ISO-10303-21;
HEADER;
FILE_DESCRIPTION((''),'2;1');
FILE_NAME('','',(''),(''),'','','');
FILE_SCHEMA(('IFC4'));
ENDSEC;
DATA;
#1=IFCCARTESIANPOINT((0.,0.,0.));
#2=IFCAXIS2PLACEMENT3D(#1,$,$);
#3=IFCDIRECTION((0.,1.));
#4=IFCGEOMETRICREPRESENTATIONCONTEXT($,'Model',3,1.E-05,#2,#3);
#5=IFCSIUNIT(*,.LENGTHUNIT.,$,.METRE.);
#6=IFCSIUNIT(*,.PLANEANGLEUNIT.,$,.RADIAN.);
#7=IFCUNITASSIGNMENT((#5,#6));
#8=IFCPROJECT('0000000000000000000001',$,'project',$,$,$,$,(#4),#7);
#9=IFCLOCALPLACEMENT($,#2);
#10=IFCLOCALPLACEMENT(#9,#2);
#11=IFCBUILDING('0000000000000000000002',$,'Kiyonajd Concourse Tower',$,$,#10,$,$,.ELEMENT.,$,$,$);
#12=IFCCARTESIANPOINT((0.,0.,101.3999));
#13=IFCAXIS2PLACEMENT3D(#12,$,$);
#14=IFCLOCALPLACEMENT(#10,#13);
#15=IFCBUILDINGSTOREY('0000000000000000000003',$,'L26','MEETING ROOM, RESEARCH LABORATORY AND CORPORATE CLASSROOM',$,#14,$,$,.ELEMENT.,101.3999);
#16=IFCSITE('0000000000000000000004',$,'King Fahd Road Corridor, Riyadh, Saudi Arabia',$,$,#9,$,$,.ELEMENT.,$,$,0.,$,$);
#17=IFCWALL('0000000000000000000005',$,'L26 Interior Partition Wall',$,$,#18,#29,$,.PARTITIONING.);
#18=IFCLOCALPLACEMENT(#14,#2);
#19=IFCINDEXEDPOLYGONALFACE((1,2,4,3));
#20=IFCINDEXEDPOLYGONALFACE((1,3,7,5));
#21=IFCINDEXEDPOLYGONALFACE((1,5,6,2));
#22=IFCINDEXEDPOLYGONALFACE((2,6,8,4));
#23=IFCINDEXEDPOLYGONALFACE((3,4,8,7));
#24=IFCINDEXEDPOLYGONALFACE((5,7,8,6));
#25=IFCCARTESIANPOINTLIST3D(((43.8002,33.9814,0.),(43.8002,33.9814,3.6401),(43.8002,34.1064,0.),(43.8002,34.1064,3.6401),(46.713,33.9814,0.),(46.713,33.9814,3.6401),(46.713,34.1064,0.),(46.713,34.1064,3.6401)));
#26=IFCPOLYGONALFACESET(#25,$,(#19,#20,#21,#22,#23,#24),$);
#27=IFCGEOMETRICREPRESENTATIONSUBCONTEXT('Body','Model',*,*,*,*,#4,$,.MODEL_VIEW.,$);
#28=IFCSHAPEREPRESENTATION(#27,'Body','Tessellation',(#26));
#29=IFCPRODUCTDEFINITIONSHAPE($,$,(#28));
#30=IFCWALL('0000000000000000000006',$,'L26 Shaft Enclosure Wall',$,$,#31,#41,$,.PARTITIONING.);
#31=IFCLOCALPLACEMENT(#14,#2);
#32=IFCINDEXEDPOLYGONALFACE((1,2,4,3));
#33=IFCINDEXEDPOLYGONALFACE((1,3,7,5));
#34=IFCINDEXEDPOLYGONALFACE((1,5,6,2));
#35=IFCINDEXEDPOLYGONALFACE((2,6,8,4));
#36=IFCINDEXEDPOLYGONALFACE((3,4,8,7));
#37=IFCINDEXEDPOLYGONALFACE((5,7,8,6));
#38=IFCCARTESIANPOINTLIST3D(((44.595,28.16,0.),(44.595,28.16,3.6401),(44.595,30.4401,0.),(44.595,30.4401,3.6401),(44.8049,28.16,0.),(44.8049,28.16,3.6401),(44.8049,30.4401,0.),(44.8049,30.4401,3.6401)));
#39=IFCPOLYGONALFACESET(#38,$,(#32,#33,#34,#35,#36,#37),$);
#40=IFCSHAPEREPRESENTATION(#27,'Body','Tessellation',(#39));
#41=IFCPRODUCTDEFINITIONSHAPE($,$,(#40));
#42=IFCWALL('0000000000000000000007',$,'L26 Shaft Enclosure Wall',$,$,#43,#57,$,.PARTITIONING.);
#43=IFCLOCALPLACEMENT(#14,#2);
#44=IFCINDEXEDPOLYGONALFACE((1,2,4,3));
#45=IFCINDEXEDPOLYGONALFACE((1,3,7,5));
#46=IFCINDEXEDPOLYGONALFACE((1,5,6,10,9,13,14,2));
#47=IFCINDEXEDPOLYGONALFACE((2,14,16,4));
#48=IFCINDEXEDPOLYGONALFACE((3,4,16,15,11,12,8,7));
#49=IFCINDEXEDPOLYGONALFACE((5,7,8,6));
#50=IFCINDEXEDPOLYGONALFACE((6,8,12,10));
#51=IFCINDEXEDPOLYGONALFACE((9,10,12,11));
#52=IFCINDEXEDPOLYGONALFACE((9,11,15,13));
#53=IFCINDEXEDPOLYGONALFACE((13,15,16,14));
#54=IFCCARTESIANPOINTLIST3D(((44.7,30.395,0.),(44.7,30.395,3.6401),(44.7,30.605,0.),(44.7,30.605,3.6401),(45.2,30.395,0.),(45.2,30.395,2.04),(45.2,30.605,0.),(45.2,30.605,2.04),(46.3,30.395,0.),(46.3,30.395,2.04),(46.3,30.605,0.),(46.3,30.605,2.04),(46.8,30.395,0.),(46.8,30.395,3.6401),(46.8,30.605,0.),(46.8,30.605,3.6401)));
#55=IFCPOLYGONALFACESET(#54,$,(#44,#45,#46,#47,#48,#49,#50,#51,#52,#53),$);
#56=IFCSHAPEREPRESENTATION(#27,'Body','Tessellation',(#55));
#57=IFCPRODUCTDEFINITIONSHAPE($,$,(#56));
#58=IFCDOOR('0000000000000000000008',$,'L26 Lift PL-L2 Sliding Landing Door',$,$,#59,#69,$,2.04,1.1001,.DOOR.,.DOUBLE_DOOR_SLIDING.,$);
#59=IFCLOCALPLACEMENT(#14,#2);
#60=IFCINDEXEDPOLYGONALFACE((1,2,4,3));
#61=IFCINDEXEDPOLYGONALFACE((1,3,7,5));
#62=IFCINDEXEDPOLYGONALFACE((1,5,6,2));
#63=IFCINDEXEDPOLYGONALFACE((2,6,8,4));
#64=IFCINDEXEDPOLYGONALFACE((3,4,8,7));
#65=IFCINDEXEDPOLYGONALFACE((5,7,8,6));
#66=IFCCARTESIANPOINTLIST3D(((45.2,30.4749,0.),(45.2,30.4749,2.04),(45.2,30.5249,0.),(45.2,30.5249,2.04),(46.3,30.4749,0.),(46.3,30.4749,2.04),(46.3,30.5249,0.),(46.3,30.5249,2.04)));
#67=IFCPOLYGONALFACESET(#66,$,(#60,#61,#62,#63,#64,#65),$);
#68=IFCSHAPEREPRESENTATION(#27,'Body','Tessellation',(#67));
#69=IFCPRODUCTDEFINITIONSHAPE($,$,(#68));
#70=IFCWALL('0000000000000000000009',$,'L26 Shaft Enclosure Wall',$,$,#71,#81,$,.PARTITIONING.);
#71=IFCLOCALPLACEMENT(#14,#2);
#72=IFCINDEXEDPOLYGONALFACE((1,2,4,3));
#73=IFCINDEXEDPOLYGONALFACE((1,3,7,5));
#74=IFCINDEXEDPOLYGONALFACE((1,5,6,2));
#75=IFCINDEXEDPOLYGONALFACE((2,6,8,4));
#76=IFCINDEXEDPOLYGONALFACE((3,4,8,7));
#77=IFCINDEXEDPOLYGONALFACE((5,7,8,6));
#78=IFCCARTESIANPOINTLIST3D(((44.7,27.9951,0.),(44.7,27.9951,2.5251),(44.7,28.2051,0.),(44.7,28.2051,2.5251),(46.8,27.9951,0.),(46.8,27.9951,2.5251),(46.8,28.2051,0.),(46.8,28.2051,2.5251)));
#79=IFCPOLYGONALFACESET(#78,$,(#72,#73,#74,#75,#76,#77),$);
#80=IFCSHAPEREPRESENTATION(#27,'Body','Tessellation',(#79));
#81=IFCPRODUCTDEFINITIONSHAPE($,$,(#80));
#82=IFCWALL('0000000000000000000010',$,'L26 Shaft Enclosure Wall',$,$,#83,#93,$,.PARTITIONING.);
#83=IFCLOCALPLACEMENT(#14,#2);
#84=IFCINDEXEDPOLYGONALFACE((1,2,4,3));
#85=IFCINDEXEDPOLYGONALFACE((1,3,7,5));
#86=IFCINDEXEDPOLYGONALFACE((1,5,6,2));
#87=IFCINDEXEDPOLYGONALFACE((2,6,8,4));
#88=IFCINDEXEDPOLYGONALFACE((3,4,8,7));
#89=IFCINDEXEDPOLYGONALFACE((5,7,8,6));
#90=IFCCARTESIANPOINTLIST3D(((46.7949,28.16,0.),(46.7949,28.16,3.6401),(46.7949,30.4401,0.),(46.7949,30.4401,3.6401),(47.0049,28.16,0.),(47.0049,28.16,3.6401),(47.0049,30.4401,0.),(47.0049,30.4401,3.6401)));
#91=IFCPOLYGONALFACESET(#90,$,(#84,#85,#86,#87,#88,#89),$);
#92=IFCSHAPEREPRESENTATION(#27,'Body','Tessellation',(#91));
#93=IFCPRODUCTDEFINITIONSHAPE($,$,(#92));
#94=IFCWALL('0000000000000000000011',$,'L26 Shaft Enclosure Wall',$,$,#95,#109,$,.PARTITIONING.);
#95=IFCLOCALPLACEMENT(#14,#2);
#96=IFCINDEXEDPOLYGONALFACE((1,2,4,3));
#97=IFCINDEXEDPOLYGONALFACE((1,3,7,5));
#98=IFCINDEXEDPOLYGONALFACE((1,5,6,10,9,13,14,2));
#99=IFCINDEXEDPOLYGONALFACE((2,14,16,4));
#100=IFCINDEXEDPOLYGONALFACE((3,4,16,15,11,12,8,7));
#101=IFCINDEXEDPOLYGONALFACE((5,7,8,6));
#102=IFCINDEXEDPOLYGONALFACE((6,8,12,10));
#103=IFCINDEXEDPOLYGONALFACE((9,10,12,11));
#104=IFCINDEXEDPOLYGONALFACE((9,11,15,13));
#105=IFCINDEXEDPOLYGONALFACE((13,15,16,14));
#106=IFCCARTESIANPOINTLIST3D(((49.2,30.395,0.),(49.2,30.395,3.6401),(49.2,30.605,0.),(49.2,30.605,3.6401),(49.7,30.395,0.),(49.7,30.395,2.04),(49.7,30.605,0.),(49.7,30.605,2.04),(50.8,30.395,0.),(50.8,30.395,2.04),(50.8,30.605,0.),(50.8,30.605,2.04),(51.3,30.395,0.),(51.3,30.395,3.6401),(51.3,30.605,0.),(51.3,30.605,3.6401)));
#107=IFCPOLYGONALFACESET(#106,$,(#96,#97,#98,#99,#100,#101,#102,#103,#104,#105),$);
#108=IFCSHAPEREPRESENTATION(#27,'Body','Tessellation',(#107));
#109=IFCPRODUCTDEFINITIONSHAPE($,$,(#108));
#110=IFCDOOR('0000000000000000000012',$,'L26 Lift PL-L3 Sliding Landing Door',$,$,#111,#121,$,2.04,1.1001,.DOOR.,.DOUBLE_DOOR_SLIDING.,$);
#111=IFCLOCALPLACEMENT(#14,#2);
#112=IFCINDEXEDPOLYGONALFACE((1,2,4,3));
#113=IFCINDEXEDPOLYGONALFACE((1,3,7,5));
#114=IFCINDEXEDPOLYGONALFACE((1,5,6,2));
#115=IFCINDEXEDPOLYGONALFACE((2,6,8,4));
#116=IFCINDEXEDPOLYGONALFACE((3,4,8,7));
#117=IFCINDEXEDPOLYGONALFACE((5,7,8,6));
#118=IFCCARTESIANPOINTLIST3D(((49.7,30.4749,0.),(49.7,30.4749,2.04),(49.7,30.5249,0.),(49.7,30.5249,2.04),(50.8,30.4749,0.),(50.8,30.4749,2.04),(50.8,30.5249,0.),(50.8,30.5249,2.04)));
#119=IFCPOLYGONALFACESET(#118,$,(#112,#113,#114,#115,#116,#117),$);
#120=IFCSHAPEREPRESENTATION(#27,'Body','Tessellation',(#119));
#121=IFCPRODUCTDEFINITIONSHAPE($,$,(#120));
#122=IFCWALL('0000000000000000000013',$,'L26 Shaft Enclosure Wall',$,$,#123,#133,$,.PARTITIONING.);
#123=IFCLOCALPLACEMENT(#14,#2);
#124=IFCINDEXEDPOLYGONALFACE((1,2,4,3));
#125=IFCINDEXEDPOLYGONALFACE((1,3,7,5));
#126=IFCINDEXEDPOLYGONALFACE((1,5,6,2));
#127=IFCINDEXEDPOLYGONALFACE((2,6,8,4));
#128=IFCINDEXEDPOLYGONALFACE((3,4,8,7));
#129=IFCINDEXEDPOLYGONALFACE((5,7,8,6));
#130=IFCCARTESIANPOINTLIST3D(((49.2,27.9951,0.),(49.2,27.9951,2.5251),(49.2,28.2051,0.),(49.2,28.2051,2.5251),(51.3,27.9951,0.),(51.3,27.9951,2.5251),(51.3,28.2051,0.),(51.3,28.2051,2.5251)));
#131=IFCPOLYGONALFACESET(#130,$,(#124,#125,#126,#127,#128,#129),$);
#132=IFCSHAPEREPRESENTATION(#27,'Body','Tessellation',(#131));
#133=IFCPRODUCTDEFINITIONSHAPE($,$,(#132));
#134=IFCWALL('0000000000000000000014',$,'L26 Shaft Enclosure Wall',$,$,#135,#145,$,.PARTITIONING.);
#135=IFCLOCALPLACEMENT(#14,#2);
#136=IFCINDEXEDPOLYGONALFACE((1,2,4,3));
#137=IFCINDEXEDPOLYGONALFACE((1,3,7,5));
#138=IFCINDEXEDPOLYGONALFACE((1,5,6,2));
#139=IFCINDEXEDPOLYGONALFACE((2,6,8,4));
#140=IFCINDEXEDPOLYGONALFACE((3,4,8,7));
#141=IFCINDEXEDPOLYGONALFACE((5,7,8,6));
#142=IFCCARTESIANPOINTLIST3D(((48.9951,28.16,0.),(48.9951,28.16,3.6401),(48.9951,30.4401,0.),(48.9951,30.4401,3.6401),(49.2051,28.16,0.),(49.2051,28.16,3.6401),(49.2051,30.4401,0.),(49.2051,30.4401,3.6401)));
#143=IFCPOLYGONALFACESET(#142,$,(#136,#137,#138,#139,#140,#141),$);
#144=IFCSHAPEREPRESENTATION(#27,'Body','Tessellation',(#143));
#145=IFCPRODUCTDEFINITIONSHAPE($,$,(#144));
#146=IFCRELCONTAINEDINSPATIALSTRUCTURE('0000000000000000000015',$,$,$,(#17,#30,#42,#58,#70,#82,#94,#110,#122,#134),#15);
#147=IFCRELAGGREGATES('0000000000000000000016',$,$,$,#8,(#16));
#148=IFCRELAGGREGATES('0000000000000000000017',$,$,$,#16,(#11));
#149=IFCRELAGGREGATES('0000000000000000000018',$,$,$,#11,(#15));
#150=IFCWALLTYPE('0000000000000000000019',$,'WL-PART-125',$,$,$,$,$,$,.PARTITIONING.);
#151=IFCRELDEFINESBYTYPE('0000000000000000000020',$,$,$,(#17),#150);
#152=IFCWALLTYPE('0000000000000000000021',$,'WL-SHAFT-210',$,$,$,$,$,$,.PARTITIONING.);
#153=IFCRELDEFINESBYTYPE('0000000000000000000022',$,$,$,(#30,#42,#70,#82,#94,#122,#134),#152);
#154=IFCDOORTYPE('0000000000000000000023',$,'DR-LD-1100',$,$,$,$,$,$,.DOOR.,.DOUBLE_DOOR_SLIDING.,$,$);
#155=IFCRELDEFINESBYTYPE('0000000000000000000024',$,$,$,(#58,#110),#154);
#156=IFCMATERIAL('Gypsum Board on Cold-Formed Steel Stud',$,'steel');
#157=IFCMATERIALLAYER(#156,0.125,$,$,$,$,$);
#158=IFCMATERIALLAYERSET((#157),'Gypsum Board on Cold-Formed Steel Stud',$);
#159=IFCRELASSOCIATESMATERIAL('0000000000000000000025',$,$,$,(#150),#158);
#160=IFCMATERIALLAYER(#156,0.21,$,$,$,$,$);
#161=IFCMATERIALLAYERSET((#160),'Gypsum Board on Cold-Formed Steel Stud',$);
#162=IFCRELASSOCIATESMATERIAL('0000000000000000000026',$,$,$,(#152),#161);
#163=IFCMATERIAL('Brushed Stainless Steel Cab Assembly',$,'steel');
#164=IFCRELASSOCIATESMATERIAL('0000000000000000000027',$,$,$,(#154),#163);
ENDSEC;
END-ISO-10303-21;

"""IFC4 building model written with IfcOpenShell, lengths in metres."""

from ifc_helpers import new_model, si_unit, direction, frame, frame_2d, origin, place, context, subcontext, project, spatial, rectangle, extrude, material, layer, layer_set, type_object, element, fill, save


model = new_model("IFC4")

# Units and contexts
model_context = context("Model", 3, precision=1e-05, world=origin(), true_north=direction((0.0, 1.0)))
body_context = subcontext(model_context, "Body", "Model", "MODEL_VIEW")
ifc_project = project(units=[si_unit("LENGTHUNIT", "METRE"), si_unit("PLANEANGLEUNIT", "RADIAN")], contexts=[model_context])

# Site, building, storey
site_placement = place(None, origin())
site = spatial("IfcSite", under=ifc_project, at=site_placement, Name="King Fahd Road Corridor, Riyadh, Saudi Arabia", CompositionType="ELEMENT", RefElevation=0.0)
building_placement = place(site_placement, origin())
building = spatial("IfcBuilding", under=site, at=building_placement, Name="Kiyonajd Concourse Tower", CompositionType="ELEMENT")
storey_placement = place(building_placement, frame((0.0, 0.0, 101.3999)))
storey = spatial("IfcBuildingStorey", under=building, at=storey_placement, Name="L26", Description="MEETING ROOM, RESEARCH LABORATORY AND CORPORATE CLASSROOM", CompositionType="ELEMENT", Elevation=101.3999)

# Walls
ifc_material_1 = material(Name="Gypsum Board on Cold-Formed Steel Stud", Category="steel")
ifc_layer_1 = layer(ifc_material_1, 0.125)
ifc_layer_set_1 = layer_set([ifc_layer_1], Name="Gypsum Board on Cold-Formed Steel Stud")
wall_type_1 = type_object("IfcWallType", Name="WL-PART-125", PredefinedType="PARTITIONING", material=ifc_layer_set_1)
wall_1_placement = place(storey_placement, frame((43.8, 34.0439, 0.0), z_axis=(0.0, 0.0, 1.0), x_axis=(1.0, 0.0, 0.0)))
element("IfcWall", 1, at=wall_1_placement, inside=storey, type_object=wall_type_1, Name="L26 Interior Partition Wall", PredefinedType="PARTITIONING", context=body_context, shape_type="SweptSolid", body=[
    extrude(rectangle(XDim=2.9128, YDim=0.125, at=frame_2d((1.4565, 0.0))), origin(), (0.0, 0.0, 1.0), 3.6401),
])
ifc_layer_2 = layer(ifc_material_1, 0.21)
ifc_layer_set_2 = layer_set([ifc_layer_2], Name="Gypsum Board on Cold-Formed Steel Stud")
wall_type_2 = type_object("IfcWallType", Name="WL-SHAFT-210", PredefinedType="PARTITIONING", material=ifc_layer_set_2)
wall_2_placement = place(storey_placement, frame((44.7, 28.1599, 0.0), z_axis=(0.0, 0.0, 1.0), x_axis=(0.0, 1.0, 0.0)))
element("IfcWall", 2, at=wall_2_placement, inside=storey, type_object=wall_type_2, Name="L26 Shaft Enclosure Wall", PredefinedType="PARTITIONING", context=body_context, shape_type="SweptSolid", body=[
    extrude(rectangle(XDim=2.28, YDim=0.21, at=frame_2d((1.1401, 0.0))), origin(), (0.0, 0.0, 1.0), 3.6401),
])

# Wall, opening, door
wall_3_placement = place(storey_placement, frame((44.7, 30.5, 0.0), z_axis=(0.0, 0.0, 1.0), x_axis=(1.0, 0.0, 0.0)))
wall_3 = element("IfcWall", 3, at=wall_3_placement, inside=storey, type_object=wall_type_2, Name="L26 Shaft Enclosure Wall", PredefinedType="PARTITIONING", context=body_context, shape_type="SweptSolid", body=[
    extrude(rectangle(XDim=2.1001, YDim=0.21, at=frame_2d((1.05, 0.0))), origin(), (0.0, 0.0, 1.0), 3.6401),
])
opening_1_placement = place(wall_3_placement, frame((0.5, 0.0, 0.0)))
opening_1 = element("IfcOpeningElement", 4, at=opening_1_placement, cuts=wall_3, PredefinedType="OPENING", context=body_context, shape_type="SweptSolid", body=[
    extrude(rectangle(XDim=1.1001, YDim=2.04, at=frame_2d((0.55, 1.02))), frame((0.0, 0.115, 0.0), z_axis=(0.0, -1.0, 0.0), x_axis=(1.0, 0.0, 0.0)), (0.0, 0.0, 1.0), 0.23),
])
ifc_material_2 = material(Name="Brushed Stainless Steel Cab Assembly", Category="steel")
door_type_1 = type_object("IfcDoorType", Name="DR-LD-1100", OperationType="DOUBLE_DOOR_SLIDING", PredefinedType="DOOR", material=ifc_material_2)
door_1_placement = place(opening_1_placement, origin())
door_1 = element("IfcDoor", 5, at=door_1_placement, inside=storey, type_object=door_type_1, Name="L26 Lift PL-L2 Sliding Landing Door", OperationType="DOUBLE_DOOR_SLIDING", OverallHeight=2.04, OverallWidth=1.1001, PredefinedType="DOOR", context=body_context, shape_type="SweptSolid", body=[
    extrude(rectangle(XDim=1.1001, YDim=2.04, at=frame_2d((0.55, 1.02))), frame((0.0, 0.0249, 0.0), z_axis=(0.0, -1.0, 0.0), x_axis=(1.0, 0.0, 0.0)), (0.0, 0.0, 1.0), 0.05),
])
fill(opening_1, door_1)

# Walls
wall_4_placement = place(storey_placement, frame((44.7, 28.1001, 0.0), z_axis=(0.0, 0.0, 1.0), x_axis=(1.0, 0.0, 0.0)))
element("IfcWall", 6, at=wall_4_placement, inside=storey, type_object=wall_type_2, Name="L26 Shaft Enclosure Wall", PredefinedType="PARTITIONING", context=body_context, shape_type="SweptSolid", body=[
    extrude(rectangle(XDim=2.1001, YDim=0.21, at=frame_2d((1.05, 0.0))), origin(), (0.0, 0.0, 1.0), 2.5251),
])
wall_5_placement = place(storey_placement, frame((46.8999, 28.1599, 0.0), z_axis=(0.0, 0.0, 1.0), x_axis=(0.0, 1.0, 0.0)))
element("IfcWall", 7, at=wall_5_placement, inside=storey, type_object=wall_type_2, Name="L26 Shaft Enclosure Wall", PredefinedType="PARTITIONING", context=body_context, shape_type="SweptSolid", body=[
    extrude(rectangle(XDim=2.28, YDim=0.21, at=frame_2d((1.1401, 0.0))), origin(), (0.0, 0.0, 1.0), 3.6401),
])

# Wall, opening, door
wall_6_placement = place(storey_placement, frame((49.2, 30.5, 0.0), z_axis=(0.0, 0.0, 1.0), x_axis=(1.0, 0.0, 0.0)))
wall_6 = element("IfcWall", 8, at=wall_6_placement, inside=storey, type_object=wall_type_2, Name="L26 Shaft Enclosure Wall", PredefinedType="PARTITIONING", context=body_context, shape_type="SweptSolid", body=[
    extrude(rectangle(XDim=2.1001, YDim=0.21, at=frame_2d((1.05, 0.0))), origin(), (0.0, 0.0, 1.0), 3.6401),
])
opening_2_placement = place(wall_6_placement, frame((0.5, 0.0, 0.0)))
opening_2 = element("IfcOpeningElement", 9, at=opening_2_placement, cuts=wall_6, PredefinedType="OPENING", context=body_context, shape_type="SweptSolid", body=[
    extrude(rectangle(XDim=1.1001, YDim=2.04, at=frame_2d((0.55, 1.02))), frame((0.0, 0.115, 0.0), z_axis=(0.0, -1.0, 0.0), x_axis=(1.0, 0.0, 0.0)), (0.0, 0.0, 1.0), 0.23),
])
door_2_placement = place(opening_2_placement, origin())
door_2 = element("IfcDoor", 10, at=door_2_placement, inside=storey, type_object=door_type_1, Name="L26 Lift PL-L3 Sliding Landing Door", OperationType="DOUBLE_DOOR_SLIDING", OverallHeight=2.04, OverallWidth=1.1001, PredefinedType="DOOR", context=body_context, shape_type="SweptSolid", body=[
    extrude(rectangle(XDim=1.1001, YDim=2.04, at=frame_2d((0.55, 1.02))), frame((0.0, 0.0249, 0.0), z_axis=(0.0, -1.0, 0.0), x_axis=(1.0, 0.0, 0.0)), (0.0, 0.0, 1.0), 0.05),
])
fill(opening_2, door_2)

# Walls
wall_7_placement = place(storey_placement, frame((49.2, 28.1001, 0.0), z_axis=(0.0, 0.0, 1.0), x_axis=(1.0, 0.0, 0.0)))
element("IfcWall", 11, at=wall_7_placement, inside=storey, type_object=wall_type_2, Name="L26 Shaft Enclosure Wall", PredefinedType="PARTITIONING", context=body_context, shape_type="SweptSolid", body=[
    extrude(rectangle(XDim=2.1001, YDim=0.21, at=frame_2d((1.05, 0.0))), origin(), (0.0, 0.0, 1.0), 2.5251),
])
wall_8_placement = place(storey_placement, frame((49.1001, 28.1599, 0.0), z_axis=(0.0, 0.0, 1.0), x_axis=(0.0, 1.0, 0.0)))
element("IfcWall", 12, at=wall_8_placement, inside=storey, type_object=wall_type_2, Name="L26 Shaft Enclosure Wall", PredefinedType="PARTITIONING", context=body_context, shape_type="SweptSolid", body=[
    extrude(rectangle(XDim=2.28, YDim=0.21, at=frame_2d((1.1401, 0.0))), origin(), (0.0, 0.0, 1.0), 3.6401),
])

save(model, "model.ifc")
